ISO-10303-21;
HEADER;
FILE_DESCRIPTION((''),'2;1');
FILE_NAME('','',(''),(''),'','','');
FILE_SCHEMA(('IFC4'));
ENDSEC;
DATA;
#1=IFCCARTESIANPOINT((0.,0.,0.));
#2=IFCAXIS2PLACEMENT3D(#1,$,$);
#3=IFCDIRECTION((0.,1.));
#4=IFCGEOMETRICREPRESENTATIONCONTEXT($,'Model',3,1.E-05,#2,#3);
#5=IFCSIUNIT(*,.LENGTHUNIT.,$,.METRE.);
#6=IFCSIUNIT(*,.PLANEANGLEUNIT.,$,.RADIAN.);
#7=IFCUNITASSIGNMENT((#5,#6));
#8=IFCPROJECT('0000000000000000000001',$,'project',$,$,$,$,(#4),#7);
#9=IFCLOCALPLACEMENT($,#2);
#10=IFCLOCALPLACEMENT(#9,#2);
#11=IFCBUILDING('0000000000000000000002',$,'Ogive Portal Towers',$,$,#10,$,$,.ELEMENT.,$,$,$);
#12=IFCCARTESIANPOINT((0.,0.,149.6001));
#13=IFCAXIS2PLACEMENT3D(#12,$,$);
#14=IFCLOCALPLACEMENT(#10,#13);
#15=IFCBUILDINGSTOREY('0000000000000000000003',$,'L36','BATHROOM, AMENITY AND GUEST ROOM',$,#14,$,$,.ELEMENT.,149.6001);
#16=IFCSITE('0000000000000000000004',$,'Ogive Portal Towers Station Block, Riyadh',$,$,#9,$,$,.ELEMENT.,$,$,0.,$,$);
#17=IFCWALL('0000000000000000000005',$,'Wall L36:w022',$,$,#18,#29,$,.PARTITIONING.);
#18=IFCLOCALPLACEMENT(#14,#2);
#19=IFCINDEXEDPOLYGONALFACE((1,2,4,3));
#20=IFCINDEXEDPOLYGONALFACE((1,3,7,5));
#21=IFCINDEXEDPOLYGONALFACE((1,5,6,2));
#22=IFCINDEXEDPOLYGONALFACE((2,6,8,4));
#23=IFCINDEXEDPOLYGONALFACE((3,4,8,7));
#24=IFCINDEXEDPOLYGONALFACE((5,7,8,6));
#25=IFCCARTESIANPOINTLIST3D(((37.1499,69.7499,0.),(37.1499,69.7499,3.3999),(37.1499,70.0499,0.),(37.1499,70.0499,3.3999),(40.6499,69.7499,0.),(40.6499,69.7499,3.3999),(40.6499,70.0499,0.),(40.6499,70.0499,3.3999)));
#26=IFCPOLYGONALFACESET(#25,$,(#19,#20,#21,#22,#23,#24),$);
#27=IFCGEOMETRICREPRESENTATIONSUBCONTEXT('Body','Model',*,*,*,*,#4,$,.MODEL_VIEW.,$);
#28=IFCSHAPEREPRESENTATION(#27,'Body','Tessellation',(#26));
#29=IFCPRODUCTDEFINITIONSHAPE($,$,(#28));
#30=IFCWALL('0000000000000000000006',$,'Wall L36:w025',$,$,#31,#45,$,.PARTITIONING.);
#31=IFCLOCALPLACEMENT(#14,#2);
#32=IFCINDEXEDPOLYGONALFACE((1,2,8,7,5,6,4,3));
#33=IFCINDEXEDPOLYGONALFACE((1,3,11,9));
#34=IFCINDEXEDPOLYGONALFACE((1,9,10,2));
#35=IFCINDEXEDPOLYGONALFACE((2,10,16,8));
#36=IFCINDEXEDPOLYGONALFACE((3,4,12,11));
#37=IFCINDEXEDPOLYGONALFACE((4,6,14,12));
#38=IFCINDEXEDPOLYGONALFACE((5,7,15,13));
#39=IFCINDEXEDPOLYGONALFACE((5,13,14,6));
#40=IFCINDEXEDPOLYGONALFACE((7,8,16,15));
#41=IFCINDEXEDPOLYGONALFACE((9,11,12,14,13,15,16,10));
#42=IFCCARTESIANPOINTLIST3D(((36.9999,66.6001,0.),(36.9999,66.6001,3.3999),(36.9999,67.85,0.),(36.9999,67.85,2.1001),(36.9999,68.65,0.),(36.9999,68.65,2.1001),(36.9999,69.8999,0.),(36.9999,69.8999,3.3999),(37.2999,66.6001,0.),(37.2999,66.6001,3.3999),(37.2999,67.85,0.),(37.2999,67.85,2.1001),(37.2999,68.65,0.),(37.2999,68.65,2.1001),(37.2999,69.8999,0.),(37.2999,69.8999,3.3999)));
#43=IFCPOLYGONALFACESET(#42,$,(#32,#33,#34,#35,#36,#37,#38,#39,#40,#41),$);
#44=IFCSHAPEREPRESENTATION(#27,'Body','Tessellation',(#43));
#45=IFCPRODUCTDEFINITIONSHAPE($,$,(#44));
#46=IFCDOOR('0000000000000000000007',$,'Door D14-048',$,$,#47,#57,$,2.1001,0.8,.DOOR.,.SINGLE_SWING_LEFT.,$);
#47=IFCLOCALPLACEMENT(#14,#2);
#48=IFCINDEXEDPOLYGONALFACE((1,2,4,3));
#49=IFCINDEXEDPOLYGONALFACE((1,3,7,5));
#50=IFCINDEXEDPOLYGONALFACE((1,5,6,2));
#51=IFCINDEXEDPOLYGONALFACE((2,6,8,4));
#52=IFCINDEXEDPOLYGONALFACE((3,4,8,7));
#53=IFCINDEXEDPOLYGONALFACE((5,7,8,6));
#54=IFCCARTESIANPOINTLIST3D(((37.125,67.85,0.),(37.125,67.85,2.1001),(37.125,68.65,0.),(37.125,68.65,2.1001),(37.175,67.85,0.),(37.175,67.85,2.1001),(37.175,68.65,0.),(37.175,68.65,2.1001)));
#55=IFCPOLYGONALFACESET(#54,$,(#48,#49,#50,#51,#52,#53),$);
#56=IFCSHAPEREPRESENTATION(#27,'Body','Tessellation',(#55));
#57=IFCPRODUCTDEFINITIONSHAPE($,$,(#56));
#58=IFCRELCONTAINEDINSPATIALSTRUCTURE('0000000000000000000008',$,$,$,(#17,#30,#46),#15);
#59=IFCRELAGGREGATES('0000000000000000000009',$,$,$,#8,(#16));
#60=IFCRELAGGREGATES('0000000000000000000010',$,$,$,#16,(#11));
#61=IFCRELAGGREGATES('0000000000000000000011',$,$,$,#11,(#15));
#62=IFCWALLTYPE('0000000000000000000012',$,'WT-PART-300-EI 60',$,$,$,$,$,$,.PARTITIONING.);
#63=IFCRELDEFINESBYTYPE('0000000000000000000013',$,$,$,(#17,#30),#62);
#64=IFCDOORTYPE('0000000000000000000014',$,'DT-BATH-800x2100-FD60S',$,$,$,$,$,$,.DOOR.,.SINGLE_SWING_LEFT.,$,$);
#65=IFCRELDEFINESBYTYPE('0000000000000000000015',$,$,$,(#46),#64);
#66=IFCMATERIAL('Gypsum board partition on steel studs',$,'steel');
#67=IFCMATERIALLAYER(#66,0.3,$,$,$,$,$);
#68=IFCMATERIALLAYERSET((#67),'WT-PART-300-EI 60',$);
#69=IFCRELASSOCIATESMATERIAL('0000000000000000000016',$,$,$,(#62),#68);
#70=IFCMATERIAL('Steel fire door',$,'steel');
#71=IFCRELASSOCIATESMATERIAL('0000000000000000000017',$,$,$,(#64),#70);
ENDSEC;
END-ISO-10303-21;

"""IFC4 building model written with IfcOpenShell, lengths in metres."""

from ifc_helpers import new_model, si_unit, direction, frame, frame_2d, origin, place, context, subcontext, project, spatial, rectangle, extrude, material, layer, layer_set, type_object, element, fill, save


model = new_model("IFC4")

# Units and contexts
model_context = context("Model", 3, precision=1e-05, world=origin(), true_north=direction((0.0, 1.0)))
body_context = subcontext(model_context, "Body", "Model", "MODEL_VIEW")
ifc_project = project(units=[si_unit("LENGTHUNIT", "METRE"), si_unit("PLANEANGLEUNIT", "RADIAN")], contexts=[model_context])

# Site, building, storey
site_placement = place(None, origin())
site = spatial("IfcSite", under=ifc_project, at=site_placement, Name="Ogive Portal Towers Station Block, Riyadh", CompositionType="ELEMENT", RefElevation=0.0)
building_placement = place(site_placement, origin())
building = spatial("IfcBuilding", under=site, at=building_placement, Name="Ogive Portal Towers", CompositionType="ELEMENT")
storey_placement = place(building_placement, frame((0.0, 0.0, 149.6001)))
storey = spatial("IfcBuildingStorey", under=building, at=storey_placement, Name="L36", Description="BATHROOM, AMENITY AND GUEST ROOM", CompositionType="ELEMENT", Elevation=149.6001)

# Wall
ifc_material_1 = material(Name="Gypsum board partition on steel studs", Category="steel")
ifc_layer_1 = layer(ifc_material_1, 0.3)
ifc_layer_set_1 = layer_set([ifc_layer_1], Name="WT-PART-300-EI 60")
wall_type_1 = type_object("IfcWallType", Name="WT-PART-300-EI 60", PredefinedType="PARTITIONING", material=ifc_layer_set_1)
wall_1_placement = place(storey_placement, frame((37.1499, 69.8999, 0.0), z_axis=(0.0, 0.0, 1.0), x_axis=(1.0, 0.0, 0.0)))
element("IfcWall", 1, at=wall_1_placement, inside=storey, type_object=wall_type_1, Name="Wall L36:w022", PredefinedType="PARTITIONING", context=body_context, shape_type="SweptSolid", body=[
    extrude(rectangle(XDim=3.5, YDim=0.3, at=frame_2d((1.75, 0.0))), origin(), (0.0, 0.0, 1.0), 3.3999),
])

# Wall, opening, door
wall_2_placement = place(storey_placement, frame((37.1499, 66.6001, 0.0), z_axis=(0.0, 0.0, 1.0), x_axis=(0.0, 1.0, 0.0)))
wall_2 = element("IfcWall", 2, at=wall_2_placement, inside=storey, type_object=wall_type_1, Name="Wall L36:w025", PredefinedType="PARTITIONING", context=body_context, shape_type="SweptSolid", body=[
    extrude(rectangle(XDim=3.2998, YDim=0.3, at=frame_2d((1.6499, 0.0))), origin(), (0.0, 0.0, 1.0), 3.3999),
])
opening_1_placement = place(wall_2_placement, frame((1.25, 0.0, 0.0)))
opening_1 = element("IfcOpeningElement", 3, at=opening_1_placement, cuts=wall_2, PredefinedType="OPENING", context=body_context, shape_type="SweptSolid", body=[
    extrude(rectangle(XDim=0.8, YDim=2.1001, at=frame_2d((0.3999, 1.05))), frame((0.0, 0.1602, 0.0), z_axis=(0.0, -1.0, 0.0), x_axis=(1.0, 0.0, 0.0)), (0.0, 0.0, 1.0), 0.3201),
])
ifc_material_2 = material(Name="Steel fire door", Category="steel")
door_type = type_object("IfcDoorType", Name="DT-BATH-800x2100-FD60S", OperationType="SINGLE_SWING_LEFT", PredefinedType="DOOR", material=ifc_material_2)
door_placement = place(opening_1_placement, origin())
door = element("IfcDoor", 4, at=door_placement, inside=storey, type_object=door_type, Name="Door D14-048", OperationType="SINGLE_SWING_LEFT", OverallHeight=2.1001, OverallWidth=0.8, PredefinedType="DOOR", context=body_context, shape_type="SweptSolid", body=[
    extrude(rectangle(XDim=0.8, YDim=2.1001, at=frame_2d((0.3999, 1.05))), frame((0.0, 0.0249, 0.0), z_axis=(0.0, -1.0, 0.0), x_axis=(1.0, 0.0, 0.0)), (0.0, 0.0, 1.0), 0.05),
])
fill(opening_1, door)

save(model, "model.ifc")
